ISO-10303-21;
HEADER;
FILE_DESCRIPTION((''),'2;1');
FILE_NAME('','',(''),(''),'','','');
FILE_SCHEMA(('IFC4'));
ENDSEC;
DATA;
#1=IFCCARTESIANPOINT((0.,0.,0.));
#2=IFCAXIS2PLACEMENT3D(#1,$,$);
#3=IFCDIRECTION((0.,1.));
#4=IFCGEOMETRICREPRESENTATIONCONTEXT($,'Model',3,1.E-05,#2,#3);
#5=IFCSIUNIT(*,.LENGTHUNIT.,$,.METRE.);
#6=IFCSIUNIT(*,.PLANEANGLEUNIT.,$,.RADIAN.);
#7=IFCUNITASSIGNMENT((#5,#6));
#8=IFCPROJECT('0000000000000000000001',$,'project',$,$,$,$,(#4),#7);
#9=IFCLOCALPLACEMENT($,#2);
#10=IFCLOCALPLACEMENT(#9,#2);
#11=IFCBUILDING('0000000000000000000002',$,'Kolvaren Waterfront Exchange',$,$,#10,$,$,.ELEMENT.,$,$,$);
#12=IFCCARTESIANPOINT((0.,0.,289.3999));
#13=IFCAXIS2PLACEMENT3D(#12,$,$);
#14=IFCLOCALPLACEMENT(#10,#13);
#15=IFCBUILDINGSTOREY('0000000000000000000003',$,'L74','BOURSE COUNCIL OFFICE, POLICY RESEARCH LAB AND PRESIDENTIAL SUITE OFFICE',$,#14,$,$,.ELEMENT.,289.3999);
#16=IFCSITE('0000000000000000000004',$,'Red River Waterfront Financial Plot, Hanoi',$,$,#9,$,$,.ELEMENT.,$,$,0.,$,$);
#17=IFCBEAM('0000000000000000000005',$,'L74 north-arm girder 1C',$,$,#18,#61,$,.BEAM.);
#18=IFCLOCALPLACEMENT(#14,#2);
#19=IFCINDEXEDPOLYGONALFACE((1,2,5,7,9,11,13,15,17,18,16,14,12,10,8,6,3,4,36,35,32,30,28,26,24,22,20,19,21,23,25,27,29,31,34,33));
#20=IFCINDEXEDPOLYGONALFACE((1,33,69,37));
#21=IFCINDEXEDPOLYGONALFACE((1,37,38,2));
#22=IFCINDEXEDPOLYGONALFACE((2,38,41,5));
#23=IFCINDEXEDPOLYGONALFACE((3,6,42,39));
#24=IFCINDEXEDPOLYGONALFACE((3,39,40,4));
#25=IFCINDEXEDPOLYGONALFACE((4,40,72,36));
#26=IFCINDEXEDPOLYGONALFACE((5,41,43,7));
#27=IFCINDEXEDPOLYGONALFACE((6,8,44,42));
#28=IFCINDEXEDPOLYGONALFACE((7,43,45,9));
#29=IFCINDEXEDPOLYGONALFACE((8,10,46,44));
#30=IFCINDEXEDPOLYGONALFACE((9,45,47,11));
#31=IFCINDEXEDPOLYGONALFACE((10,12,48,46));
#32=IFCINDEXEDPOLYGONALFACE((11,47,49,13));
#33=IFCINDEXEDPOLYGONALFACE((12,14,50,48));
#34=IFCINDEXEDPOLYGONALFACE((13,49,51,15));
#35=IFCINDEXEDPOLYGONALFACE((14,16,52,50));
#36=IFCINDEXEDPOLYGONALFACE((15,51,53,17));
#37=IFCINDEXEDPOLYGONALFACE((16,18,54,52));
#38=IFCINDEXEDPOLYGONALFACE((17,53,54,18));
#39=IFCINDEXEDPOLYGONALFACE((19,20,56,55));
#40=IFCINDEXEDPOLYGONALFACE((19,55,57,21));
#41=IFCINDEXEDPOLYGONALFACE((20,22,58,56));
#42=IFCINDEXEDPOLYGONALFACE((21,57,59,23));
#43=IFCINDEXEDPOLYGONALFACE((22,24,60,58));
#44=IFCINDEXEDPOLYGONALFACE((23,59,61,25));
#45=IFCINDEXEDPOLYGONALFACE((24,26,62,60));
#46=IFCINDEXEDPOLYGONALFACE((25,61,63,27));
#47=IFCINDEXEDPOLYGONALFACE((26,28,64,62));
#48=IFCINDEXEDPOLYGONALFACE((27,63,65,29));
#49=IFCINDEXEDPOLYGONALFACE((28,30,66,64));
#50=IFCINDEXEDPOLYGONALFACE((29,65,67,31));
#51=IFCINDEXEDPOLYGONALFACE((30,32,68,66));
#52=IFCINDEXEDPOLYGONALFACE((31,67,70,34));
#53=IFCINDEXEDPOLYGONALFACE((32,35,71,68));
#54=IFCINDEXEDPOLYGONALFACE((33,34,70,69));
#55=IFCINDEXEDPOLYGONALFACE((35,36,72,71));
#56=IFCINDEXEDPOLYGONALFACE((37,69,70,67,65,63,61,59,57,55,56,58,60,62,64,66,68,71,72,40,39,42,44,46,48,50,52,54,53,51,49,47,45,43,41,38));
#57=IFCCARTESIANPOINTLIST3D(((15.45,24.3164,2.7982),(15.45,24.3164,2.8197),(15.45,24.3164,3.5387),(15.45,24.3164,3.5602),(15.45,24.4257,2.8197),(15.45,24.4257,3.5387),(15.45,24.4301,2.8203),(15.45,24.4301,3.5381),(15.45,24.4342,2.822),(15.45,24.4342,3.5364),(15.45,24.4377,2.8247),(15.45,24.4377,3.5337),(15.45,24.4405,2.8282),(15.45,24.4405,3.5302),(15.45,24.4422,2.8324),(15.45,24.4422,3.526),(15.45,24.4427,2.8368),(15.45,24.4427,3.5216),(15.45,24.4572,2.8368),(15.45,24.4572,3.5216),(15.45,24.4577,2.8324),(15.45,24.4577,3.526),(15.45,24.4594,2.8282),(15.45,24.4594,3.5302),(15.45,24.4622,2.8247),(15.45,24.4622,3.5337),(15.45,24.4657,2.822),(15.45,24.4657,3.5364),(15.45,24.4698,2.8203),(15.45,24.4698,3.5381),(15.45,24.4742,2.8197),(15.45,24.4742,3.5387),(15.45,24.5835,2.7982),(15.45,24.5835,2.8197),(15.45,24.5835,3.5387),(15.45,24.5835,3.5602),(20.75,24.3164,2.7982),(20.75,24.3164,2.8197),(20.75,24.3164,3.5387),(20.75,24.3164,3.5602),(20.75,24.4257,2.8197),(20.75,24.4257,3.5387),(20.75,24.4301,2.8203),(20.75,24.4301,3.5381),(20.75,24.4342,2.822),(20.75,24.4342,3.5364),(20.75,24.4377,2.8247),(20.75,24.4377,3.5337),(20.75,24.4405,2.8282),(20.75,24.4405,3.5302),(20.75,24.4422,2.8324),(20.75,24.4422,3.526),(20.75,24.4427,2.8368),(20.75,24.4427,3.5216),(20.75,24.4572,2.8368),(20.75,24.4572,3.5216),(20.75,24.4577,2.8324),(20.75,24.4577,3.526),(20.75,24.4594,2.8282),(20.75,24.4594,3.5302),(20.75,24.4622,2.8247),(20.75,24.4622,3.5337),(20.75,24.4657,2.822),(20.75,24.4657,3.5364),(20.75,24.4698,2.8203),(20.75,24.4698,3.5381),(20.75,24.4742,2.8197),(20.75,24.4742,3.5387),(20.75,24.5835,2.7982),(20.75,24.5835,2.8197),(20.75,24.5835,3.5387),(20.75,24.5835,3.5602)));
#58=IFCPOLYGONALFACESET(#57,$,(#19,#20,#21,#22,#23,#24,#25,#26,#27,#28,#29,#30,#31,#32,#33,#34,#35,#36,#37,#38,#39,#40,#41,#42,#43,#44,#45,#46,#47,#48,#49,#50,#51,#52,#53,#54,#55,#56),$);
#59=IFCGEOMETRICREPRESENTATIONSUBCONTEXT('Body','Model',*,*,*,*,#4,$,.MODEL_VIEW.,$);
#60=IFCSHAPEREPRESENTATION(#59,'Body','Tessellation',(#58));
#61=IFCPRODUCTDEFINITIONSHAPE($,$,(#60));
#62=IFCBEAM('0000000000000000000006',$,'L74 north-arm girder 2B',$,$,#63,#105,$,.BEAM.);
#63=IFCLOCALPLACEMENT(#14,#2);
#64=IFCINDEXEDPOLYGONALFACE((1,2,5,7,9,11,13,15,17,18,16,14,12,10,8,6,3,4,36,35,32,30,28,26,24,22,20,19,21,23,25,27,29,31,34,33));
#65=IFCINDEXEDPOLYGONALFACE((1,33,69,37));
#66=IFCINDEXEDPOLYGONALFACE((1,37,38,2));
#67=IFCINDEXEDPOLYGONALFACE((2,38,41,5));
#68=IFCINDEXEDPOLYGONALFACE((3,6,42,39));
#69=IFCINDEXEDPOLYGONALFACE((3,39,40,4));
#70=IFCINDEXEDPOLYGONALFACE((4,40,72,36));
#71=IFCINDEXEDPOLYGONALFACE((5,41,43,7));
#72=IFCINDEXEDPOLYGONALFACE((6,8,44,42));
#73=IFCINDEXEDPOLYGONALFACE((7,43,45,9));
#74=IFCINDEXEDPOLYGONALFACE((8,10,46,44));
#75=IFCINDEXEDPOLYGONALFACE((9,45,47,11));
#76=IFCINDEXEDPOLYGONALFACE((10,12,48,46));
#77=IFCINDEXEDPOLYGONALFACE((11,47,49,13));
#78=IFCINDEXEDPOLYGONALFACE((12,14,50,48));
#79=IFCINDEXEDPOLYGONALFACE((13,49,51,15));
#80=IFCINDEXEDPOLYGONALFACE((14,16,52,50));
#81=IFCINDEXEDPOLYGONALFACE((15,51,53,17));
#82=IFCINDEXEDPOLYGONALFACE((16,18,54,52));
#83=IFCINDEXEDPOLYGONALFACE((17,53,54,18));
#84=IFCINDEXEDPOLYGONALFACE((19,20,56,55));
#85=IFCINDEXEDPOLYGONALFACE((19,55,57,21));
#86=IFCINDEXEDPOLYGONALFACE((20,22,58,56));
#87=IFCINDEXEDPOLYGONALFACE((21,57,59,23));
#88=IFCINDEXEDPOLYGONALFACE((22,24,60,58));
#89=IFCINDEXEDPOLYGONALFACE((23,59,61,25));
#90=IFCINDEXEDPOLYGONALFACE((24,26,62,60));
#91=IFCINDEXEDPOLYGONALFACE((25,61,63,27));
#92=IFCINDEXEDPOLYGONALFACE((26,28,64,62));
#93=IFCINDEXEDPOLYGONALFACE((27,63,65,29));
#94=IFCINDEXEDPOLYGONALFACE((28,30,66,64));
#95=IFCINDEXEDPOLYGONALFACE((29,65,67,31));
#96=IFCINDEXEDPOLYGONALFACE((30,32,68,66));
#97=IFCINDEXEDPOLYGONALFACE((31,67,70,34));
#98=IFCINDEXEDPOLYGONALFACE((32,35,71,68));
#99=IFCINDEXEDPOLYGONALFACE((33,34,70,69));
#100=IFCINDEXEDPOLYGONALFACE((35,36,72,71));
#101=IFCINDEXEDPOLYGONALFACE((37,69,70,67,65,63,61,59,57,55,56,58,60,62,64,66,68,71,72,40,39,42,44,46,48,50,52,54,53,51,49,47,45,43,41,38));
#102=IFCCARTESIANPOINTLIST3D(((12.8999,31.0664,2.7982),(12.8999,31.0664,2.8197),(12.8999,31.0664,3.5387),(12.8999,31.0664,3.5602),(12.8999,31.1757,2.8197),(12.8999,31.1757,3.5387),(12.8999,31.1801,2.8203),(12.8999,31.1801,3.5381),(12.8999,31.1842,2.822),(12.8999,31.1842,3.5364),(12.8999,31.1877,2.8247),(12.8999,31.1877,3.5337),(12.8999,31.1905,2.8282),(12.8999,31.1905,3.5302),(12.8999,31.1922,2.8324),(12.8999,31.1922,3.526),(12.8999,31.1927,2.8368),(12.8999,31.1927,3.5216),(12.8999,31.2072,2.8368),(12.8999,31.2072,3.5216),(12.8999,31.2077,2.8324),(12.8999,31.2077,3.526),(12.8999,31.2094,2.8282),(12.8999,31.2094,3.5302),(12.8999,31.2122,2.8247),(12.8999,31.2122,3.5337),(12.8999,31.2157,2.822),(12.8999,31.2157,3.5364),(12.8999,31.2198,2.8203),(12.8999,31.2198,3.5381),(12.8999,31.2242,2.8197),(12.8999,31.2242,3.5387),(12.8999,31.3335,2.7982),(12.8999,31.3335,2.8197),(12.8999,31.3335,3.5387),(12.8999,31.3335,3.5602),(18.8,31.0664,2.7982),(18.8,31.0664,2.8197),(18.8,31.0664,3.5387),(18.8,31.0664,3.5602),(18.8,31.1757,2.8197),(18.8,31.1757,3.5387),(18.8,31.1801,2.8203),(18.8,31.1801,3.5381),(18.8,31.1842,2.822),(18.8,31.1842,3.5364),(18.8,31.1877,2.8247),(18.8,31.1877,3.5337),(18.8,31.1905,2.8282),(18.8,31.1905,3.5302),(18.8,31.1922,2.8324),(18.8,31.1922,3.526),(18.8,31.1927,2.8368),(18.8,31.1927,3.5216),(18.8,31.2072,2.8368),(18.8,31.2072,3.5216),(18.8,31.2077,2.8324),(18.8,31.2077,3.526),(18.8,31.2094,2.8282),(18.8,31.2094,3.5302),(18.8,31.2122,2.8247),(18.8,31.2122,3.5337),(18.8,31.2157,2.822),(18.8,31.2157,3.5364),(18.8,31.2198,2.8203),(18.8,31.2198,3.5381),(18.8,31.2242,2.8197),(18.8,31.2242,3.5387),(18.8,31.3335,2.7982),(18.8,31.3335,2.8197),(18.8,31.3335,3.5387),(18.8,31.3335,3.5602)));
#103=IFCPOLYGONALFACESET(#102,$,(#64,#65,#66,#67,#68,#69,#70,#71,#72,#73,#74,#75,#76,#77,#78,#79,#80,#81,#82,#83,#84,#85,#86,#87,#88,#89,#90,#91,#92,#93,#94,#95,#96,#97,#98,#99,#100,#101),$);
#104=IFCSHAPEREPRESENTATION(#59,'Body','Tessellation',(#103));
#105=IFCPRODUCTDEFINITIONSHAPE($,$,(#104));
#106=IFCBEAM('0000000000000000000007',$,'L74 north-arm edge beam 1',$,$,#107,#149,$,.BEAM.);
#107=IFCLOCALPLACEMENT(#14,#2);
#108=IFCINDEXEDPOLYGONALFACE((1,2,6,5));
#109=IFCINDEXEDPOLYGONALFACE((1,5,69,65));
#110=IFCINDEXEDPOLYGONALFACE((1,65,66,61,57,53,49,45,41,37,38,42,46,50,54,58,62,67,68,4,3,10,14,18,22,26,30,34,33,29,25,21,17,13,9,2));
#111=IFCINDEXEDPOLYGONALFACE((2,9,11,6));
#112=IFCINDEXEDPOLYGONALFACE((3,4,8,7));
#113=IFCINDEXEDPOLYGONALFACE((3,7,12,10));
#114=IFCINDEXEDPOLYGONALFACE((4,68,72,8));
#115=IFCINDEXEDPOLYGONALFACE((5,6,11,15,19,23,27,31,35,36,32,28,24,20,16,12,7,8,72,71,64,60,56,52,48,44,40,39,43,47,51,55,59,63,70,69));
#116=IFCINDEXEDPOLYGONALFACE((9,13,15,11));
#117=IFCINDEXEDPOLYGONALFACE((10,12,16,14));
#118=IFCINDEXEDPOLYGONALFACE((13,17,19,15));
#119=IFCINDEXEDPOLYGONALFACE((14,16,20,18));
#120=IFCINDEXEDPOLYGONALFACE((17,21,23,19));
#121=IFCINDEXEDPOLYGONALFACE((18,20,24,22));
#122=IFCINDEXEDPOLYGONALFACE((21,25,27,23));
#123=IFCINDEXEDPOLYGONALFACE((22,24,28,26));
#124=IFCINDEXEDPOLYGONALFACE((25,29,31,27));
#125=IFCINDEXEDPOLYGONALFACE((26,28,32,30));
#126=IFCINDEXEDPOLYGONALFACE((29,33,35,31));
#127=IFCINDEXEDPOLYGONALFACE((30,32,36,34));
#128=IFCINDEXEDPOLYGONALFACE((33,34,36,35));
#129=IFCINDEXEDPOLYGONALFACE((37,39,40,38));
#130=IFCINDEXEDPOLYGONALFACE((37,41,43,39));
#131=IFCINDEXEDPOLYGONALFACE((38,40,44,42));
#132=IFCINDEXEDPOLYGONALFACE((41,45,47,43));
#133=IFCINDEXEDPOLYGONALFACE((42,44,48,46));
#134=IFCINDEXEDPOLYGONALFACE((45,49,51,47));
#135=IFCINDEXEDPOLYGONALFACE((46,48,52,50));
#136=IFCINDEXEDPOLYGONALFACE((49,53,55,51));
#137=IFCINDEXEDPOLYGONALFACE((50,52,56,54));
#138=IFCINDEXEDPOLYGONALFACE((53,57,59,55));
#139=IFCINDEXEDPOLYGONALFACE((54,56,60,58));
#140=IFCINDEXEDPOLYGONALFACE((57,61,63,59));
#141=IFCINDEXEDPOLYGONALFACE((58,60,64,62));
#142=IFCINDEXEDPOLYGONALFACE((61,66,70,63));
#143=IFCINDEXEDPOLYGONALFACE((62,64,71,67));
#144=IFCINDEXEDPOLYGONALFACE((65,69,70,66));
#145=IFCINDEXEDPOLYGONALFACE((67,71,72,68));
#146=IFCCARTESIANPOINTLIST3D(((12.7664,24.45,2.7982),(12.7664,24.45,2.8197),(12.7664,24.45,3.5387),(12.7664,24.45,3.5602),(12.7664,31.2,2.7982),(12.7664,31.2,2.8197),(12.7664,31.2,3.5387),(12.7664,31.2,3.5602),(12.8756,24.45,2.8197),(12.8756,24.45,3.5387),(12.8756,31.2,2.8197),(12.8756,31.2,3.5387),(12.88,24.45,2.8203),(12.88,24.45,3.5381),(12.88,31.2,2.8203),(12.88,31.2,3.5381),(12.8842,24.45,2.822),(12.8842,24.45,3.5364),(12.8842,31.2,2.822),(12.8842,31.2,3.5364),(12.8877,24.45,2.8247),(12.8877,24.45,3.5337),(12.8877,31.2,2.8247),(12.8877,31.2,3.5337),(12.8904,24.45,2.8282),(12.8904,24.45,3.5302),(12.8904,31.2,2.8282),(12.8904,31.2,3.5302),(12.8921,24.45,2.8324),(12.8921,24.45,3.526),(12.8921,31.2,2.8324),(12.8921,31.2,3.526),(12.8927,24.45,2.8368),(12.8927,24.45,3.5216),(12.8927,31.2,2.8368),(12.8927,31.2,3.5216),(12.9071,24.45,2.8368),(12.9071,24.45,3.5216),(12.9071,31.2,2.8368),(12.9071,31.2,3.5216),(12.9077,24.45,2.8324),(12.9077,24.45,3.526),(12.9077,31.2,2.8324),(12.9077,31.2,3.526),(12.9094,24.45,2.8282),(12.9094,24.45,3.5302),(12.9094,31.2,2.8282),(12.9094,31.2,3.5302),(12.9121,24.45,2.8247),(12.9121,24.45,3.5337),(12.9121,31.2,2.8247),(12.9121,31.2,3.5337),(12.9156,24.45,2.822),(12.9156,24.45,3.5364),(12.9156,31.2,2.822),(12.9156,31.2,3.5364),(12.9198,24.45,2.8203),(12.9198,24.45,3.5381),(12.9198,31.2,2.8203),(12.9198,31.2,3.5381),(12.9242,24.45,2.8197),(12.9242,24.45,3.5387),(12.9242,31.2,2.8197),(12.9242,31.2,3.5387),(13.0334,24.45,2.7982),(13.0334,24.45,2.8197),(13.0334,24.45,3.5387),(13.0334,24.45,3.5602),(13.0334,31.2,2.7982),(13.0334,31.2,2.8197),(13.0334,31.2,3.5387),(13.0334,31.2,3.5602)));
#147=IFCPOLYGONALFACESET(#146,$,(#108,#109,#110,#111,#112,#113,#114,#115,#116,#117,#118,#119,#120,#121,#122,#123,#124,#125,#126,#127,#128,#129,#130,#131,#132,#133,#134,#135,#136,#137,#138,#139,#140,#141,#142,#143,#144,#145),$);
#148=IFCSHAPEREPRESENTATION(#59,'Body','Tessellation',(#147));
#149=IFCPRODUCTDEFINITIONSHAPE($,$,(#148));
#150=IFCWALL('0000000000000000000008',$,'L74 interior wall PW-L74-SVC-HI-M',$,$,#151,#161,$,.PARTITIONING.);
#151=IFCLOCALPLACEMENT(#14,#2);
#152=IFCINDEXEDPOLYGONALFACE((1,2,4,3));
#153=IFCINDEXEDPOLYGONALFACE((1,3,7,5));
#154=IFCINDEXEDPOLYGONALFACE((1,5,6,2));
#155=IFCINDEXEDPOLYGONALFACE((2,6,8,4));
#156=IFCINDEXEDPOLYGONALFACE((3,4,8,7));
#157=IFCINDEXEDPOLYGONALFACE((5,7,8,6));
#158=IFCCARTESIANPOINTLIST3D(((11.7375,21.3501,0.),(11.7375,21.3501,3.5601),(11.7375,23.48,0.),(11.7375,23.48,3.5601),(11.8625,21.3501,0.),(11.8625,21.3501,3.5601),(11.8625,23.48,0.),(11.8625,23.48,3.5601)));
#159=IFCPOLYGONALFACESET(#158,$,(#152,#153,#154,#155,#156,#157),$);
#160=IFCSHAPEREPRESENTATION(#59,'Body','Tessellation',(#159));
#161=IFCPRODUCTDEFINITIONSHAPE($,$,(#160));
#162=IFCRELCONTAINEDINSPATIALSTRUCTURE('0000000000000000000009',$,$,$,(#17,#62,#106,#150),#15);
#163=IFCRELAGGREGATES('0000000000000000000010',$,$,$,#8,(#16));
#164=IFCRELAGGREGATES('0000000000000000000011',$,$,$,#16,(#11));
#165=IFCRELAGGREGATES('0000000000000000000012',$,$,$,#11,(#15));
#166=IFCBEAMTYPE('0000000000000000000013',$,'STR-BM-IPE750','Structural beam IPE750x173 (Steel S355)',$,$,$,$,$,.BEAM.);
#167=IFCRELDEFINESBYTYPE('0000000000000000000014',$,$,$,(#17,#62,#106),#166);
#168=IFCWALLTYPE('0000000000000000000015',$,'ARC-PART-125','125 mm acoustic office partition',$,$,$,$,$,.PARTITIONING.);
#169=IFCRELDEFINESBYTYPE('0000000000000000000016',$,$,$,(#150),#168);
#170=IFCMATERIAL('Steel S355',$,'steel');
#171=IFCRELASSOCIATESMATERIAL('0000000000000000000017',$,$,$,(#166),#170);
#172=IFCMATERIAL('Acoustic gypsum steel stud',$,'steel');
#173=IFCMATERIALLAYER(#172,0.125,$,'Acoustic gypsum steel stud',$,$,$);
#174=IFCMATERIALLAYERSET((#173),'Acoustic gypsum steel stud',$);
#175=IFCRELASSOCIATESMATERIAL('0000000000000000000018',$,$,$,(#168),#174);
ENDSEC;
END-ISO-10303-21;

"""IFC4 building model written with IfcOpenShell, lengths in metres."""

from ifc_helpers import new_model, si_unit, direction, frame, frame_2d, origin, origin_2d, place, context, subcontext, project, spatial, rectangle, i_section, extrude, material, layer, layer_set, material_profile, profile_set, type_object, element, save


model = new_model("IFC4")

# Units and contexts
model_context = context("Model", 3, precision=1e-05, world=origin(), true_north=direction((0.0, 1.0)))
body_context = subcontext(model_context, "Body", "Model", "MODEL_VIEW")
ifc_project = project(units=[si_unit("LENGTHUNIT", "METRE"), si_unit("PLANEANGLEUNIT", "RADIAN")], contexts=[model_context])

# Site, building, storey
site_placement = place(None, origin())
site = spatial("IfcSite", under=ifc_project, at=site_placement, Name="Red River Waterfront Financial Plot, Hanoi", CompositionType="ELEMENT", RefElevation=0.0)
building_placement = place(site_placement, origin())
building = spatial("IfcBuilding", under=site, at=building_placement, Name="Kolvaren Waterfront Exchange", CompositionType="ELEMENT")
storey_placement = place(building_placement, frame((0.0, 0.0, 289.3999)))
storey = spatial("IfcBuildingStorey", under=building, at=storey_placement, Name="L74", Description="BOURSE COUNCIL OFFICE, POLICY RESEARCH LAB AND PRESIDENTIAL SUITE OFFICE", CompositionType="ELEMENT", Elevation=289.3999)

# Beams
ifc_material_1 = material(Name="Steel S355", Category="steel")
ifc_material_profile_1 = material_profile(ifc_material_1, i_section(OverallWidth=0.2671, OverallDepth=0.762, WebThickness=0.0144, FlangeThickness=0.0215, FilletRadius=0.0171, at=origin_2d()), Name="IPE750x173")
ifc_profile_set_1 = profile_set([ifc_material_profile_1], Name="Steel S355")
beam_type_1 = type_object("IfcBeamType", Name="STR-BM-IPE750", Description="Structural beam IPE750x173 (Steel S355)", PredefinedType="BEAM", material=ifc_profile_set_1)
beam_1_placement = place(storey_placement, frame((15.45, 24.45, 3.1792), z_axis=(1.0, 0.0, 0.0), x_axis=(0.0, 1.0, 0.0)))
element("IfcBeam", 1, at=beam_1_placement, inside=storey, type_object=beam_type_1, Name="L74 north-arm girder 1C", PredefinedType="BEAM", context=body_context, shape_type="SweptSolid", body=[
    extrude(i_section(OverallWidth=0.2671, OverallDepth=0.762, WebThickness=0.0144, FlangeThickness=0.0215, FilletRadius=0.0171, at=origin_2d()), origin(), (0.0, 0.0, 1.0), 5.3),
])
beam_2_placement = place(storey_placement, frame((12.8999, 31.2, 3.1792), z_axis=(1.0, 0.0, 0.0), x_axis=(0.0, 1.0, 0.0)))
element("IfcBeam", 2, at=beam_2_placement, inside=storey, type_object=beam_type_1, Name="L74 north-arm girder 2B", PredefinedType="BEAM", context=body_context, shape_type="SweptSolid", body=[
    extrude(i_section(OverallWidth=0.2671, OverallDepth=0.762, WebThickness=0.0144, FlangeThickness=0.0215, FilletRadius=0.0171, at=origin_2d()), origin(), (0.0, 0.0, 1.0), 5.9001),
])
beam_3_placement = place(storey_placement, frame((12.8999, 24.45, 3.1792), z_axis=(0.0, 1.0, 0.0), x_axis=(-1.0, 0.0, 0.0)))
element("IfcBeam", 3, at=beam_3_placement, inside=storey, type_object=beam_type_1, Name="L74 north-arm edge beam 1", PredefinedType="BEAM", context=body_context, shape_type="SweptSolid", body=[
    extrude(i_section(OverallWidth=0.2671, OverallDepth=0.762, WebThickness=0.0144, FlangeThickness=0.0215, FilletRadius=0.0171, at=origin_2d()), origin(), (0.0, 0.0, 1.0), 6.75),
])

# Shared definitions
ifc_material_2 = material(Name="Acoustic gypsum steel stud", Category="steel")
ifc_layer_1 = layer(ifc_material_2, 0.125, Name="Acoustic gypsum steel stud")
ifc_layer_set_1 = layer_set([ifc_layer_1], Name="Acoustic gypsum steel stud")
wall_type_1 = type_object("IfcWallType", Name="ARC-PART-125", Description="125 mm acoustic office partition", PredefinedType="PARTITIONING", material=ifc_layer_set_1)

# Wall
wall_1_placement = place(storey_placement, frame((11.8, 21.3501, 0.0), z_axis=(0.0, 0.0, 1.0), x_axis=(0.0, 1.0, 0.0)))
element("IfcWall", 4, at=wall_1_placement, inside=storey, type_object=wall_type_1, Name="L74 interior wall PW-L74-SVC-HI-M", PredefinedType="PARTITIONING", context=body_context, shape_type="SweptSolid", body=[
    extrude(rectangle(XDim=2.1299, YDim=0.125, at=frame_2d((1.0649, 0.0))), origin(), (0.0, 0.0, 1.0), 3.5601),
])

save(model, "model.ifc")
